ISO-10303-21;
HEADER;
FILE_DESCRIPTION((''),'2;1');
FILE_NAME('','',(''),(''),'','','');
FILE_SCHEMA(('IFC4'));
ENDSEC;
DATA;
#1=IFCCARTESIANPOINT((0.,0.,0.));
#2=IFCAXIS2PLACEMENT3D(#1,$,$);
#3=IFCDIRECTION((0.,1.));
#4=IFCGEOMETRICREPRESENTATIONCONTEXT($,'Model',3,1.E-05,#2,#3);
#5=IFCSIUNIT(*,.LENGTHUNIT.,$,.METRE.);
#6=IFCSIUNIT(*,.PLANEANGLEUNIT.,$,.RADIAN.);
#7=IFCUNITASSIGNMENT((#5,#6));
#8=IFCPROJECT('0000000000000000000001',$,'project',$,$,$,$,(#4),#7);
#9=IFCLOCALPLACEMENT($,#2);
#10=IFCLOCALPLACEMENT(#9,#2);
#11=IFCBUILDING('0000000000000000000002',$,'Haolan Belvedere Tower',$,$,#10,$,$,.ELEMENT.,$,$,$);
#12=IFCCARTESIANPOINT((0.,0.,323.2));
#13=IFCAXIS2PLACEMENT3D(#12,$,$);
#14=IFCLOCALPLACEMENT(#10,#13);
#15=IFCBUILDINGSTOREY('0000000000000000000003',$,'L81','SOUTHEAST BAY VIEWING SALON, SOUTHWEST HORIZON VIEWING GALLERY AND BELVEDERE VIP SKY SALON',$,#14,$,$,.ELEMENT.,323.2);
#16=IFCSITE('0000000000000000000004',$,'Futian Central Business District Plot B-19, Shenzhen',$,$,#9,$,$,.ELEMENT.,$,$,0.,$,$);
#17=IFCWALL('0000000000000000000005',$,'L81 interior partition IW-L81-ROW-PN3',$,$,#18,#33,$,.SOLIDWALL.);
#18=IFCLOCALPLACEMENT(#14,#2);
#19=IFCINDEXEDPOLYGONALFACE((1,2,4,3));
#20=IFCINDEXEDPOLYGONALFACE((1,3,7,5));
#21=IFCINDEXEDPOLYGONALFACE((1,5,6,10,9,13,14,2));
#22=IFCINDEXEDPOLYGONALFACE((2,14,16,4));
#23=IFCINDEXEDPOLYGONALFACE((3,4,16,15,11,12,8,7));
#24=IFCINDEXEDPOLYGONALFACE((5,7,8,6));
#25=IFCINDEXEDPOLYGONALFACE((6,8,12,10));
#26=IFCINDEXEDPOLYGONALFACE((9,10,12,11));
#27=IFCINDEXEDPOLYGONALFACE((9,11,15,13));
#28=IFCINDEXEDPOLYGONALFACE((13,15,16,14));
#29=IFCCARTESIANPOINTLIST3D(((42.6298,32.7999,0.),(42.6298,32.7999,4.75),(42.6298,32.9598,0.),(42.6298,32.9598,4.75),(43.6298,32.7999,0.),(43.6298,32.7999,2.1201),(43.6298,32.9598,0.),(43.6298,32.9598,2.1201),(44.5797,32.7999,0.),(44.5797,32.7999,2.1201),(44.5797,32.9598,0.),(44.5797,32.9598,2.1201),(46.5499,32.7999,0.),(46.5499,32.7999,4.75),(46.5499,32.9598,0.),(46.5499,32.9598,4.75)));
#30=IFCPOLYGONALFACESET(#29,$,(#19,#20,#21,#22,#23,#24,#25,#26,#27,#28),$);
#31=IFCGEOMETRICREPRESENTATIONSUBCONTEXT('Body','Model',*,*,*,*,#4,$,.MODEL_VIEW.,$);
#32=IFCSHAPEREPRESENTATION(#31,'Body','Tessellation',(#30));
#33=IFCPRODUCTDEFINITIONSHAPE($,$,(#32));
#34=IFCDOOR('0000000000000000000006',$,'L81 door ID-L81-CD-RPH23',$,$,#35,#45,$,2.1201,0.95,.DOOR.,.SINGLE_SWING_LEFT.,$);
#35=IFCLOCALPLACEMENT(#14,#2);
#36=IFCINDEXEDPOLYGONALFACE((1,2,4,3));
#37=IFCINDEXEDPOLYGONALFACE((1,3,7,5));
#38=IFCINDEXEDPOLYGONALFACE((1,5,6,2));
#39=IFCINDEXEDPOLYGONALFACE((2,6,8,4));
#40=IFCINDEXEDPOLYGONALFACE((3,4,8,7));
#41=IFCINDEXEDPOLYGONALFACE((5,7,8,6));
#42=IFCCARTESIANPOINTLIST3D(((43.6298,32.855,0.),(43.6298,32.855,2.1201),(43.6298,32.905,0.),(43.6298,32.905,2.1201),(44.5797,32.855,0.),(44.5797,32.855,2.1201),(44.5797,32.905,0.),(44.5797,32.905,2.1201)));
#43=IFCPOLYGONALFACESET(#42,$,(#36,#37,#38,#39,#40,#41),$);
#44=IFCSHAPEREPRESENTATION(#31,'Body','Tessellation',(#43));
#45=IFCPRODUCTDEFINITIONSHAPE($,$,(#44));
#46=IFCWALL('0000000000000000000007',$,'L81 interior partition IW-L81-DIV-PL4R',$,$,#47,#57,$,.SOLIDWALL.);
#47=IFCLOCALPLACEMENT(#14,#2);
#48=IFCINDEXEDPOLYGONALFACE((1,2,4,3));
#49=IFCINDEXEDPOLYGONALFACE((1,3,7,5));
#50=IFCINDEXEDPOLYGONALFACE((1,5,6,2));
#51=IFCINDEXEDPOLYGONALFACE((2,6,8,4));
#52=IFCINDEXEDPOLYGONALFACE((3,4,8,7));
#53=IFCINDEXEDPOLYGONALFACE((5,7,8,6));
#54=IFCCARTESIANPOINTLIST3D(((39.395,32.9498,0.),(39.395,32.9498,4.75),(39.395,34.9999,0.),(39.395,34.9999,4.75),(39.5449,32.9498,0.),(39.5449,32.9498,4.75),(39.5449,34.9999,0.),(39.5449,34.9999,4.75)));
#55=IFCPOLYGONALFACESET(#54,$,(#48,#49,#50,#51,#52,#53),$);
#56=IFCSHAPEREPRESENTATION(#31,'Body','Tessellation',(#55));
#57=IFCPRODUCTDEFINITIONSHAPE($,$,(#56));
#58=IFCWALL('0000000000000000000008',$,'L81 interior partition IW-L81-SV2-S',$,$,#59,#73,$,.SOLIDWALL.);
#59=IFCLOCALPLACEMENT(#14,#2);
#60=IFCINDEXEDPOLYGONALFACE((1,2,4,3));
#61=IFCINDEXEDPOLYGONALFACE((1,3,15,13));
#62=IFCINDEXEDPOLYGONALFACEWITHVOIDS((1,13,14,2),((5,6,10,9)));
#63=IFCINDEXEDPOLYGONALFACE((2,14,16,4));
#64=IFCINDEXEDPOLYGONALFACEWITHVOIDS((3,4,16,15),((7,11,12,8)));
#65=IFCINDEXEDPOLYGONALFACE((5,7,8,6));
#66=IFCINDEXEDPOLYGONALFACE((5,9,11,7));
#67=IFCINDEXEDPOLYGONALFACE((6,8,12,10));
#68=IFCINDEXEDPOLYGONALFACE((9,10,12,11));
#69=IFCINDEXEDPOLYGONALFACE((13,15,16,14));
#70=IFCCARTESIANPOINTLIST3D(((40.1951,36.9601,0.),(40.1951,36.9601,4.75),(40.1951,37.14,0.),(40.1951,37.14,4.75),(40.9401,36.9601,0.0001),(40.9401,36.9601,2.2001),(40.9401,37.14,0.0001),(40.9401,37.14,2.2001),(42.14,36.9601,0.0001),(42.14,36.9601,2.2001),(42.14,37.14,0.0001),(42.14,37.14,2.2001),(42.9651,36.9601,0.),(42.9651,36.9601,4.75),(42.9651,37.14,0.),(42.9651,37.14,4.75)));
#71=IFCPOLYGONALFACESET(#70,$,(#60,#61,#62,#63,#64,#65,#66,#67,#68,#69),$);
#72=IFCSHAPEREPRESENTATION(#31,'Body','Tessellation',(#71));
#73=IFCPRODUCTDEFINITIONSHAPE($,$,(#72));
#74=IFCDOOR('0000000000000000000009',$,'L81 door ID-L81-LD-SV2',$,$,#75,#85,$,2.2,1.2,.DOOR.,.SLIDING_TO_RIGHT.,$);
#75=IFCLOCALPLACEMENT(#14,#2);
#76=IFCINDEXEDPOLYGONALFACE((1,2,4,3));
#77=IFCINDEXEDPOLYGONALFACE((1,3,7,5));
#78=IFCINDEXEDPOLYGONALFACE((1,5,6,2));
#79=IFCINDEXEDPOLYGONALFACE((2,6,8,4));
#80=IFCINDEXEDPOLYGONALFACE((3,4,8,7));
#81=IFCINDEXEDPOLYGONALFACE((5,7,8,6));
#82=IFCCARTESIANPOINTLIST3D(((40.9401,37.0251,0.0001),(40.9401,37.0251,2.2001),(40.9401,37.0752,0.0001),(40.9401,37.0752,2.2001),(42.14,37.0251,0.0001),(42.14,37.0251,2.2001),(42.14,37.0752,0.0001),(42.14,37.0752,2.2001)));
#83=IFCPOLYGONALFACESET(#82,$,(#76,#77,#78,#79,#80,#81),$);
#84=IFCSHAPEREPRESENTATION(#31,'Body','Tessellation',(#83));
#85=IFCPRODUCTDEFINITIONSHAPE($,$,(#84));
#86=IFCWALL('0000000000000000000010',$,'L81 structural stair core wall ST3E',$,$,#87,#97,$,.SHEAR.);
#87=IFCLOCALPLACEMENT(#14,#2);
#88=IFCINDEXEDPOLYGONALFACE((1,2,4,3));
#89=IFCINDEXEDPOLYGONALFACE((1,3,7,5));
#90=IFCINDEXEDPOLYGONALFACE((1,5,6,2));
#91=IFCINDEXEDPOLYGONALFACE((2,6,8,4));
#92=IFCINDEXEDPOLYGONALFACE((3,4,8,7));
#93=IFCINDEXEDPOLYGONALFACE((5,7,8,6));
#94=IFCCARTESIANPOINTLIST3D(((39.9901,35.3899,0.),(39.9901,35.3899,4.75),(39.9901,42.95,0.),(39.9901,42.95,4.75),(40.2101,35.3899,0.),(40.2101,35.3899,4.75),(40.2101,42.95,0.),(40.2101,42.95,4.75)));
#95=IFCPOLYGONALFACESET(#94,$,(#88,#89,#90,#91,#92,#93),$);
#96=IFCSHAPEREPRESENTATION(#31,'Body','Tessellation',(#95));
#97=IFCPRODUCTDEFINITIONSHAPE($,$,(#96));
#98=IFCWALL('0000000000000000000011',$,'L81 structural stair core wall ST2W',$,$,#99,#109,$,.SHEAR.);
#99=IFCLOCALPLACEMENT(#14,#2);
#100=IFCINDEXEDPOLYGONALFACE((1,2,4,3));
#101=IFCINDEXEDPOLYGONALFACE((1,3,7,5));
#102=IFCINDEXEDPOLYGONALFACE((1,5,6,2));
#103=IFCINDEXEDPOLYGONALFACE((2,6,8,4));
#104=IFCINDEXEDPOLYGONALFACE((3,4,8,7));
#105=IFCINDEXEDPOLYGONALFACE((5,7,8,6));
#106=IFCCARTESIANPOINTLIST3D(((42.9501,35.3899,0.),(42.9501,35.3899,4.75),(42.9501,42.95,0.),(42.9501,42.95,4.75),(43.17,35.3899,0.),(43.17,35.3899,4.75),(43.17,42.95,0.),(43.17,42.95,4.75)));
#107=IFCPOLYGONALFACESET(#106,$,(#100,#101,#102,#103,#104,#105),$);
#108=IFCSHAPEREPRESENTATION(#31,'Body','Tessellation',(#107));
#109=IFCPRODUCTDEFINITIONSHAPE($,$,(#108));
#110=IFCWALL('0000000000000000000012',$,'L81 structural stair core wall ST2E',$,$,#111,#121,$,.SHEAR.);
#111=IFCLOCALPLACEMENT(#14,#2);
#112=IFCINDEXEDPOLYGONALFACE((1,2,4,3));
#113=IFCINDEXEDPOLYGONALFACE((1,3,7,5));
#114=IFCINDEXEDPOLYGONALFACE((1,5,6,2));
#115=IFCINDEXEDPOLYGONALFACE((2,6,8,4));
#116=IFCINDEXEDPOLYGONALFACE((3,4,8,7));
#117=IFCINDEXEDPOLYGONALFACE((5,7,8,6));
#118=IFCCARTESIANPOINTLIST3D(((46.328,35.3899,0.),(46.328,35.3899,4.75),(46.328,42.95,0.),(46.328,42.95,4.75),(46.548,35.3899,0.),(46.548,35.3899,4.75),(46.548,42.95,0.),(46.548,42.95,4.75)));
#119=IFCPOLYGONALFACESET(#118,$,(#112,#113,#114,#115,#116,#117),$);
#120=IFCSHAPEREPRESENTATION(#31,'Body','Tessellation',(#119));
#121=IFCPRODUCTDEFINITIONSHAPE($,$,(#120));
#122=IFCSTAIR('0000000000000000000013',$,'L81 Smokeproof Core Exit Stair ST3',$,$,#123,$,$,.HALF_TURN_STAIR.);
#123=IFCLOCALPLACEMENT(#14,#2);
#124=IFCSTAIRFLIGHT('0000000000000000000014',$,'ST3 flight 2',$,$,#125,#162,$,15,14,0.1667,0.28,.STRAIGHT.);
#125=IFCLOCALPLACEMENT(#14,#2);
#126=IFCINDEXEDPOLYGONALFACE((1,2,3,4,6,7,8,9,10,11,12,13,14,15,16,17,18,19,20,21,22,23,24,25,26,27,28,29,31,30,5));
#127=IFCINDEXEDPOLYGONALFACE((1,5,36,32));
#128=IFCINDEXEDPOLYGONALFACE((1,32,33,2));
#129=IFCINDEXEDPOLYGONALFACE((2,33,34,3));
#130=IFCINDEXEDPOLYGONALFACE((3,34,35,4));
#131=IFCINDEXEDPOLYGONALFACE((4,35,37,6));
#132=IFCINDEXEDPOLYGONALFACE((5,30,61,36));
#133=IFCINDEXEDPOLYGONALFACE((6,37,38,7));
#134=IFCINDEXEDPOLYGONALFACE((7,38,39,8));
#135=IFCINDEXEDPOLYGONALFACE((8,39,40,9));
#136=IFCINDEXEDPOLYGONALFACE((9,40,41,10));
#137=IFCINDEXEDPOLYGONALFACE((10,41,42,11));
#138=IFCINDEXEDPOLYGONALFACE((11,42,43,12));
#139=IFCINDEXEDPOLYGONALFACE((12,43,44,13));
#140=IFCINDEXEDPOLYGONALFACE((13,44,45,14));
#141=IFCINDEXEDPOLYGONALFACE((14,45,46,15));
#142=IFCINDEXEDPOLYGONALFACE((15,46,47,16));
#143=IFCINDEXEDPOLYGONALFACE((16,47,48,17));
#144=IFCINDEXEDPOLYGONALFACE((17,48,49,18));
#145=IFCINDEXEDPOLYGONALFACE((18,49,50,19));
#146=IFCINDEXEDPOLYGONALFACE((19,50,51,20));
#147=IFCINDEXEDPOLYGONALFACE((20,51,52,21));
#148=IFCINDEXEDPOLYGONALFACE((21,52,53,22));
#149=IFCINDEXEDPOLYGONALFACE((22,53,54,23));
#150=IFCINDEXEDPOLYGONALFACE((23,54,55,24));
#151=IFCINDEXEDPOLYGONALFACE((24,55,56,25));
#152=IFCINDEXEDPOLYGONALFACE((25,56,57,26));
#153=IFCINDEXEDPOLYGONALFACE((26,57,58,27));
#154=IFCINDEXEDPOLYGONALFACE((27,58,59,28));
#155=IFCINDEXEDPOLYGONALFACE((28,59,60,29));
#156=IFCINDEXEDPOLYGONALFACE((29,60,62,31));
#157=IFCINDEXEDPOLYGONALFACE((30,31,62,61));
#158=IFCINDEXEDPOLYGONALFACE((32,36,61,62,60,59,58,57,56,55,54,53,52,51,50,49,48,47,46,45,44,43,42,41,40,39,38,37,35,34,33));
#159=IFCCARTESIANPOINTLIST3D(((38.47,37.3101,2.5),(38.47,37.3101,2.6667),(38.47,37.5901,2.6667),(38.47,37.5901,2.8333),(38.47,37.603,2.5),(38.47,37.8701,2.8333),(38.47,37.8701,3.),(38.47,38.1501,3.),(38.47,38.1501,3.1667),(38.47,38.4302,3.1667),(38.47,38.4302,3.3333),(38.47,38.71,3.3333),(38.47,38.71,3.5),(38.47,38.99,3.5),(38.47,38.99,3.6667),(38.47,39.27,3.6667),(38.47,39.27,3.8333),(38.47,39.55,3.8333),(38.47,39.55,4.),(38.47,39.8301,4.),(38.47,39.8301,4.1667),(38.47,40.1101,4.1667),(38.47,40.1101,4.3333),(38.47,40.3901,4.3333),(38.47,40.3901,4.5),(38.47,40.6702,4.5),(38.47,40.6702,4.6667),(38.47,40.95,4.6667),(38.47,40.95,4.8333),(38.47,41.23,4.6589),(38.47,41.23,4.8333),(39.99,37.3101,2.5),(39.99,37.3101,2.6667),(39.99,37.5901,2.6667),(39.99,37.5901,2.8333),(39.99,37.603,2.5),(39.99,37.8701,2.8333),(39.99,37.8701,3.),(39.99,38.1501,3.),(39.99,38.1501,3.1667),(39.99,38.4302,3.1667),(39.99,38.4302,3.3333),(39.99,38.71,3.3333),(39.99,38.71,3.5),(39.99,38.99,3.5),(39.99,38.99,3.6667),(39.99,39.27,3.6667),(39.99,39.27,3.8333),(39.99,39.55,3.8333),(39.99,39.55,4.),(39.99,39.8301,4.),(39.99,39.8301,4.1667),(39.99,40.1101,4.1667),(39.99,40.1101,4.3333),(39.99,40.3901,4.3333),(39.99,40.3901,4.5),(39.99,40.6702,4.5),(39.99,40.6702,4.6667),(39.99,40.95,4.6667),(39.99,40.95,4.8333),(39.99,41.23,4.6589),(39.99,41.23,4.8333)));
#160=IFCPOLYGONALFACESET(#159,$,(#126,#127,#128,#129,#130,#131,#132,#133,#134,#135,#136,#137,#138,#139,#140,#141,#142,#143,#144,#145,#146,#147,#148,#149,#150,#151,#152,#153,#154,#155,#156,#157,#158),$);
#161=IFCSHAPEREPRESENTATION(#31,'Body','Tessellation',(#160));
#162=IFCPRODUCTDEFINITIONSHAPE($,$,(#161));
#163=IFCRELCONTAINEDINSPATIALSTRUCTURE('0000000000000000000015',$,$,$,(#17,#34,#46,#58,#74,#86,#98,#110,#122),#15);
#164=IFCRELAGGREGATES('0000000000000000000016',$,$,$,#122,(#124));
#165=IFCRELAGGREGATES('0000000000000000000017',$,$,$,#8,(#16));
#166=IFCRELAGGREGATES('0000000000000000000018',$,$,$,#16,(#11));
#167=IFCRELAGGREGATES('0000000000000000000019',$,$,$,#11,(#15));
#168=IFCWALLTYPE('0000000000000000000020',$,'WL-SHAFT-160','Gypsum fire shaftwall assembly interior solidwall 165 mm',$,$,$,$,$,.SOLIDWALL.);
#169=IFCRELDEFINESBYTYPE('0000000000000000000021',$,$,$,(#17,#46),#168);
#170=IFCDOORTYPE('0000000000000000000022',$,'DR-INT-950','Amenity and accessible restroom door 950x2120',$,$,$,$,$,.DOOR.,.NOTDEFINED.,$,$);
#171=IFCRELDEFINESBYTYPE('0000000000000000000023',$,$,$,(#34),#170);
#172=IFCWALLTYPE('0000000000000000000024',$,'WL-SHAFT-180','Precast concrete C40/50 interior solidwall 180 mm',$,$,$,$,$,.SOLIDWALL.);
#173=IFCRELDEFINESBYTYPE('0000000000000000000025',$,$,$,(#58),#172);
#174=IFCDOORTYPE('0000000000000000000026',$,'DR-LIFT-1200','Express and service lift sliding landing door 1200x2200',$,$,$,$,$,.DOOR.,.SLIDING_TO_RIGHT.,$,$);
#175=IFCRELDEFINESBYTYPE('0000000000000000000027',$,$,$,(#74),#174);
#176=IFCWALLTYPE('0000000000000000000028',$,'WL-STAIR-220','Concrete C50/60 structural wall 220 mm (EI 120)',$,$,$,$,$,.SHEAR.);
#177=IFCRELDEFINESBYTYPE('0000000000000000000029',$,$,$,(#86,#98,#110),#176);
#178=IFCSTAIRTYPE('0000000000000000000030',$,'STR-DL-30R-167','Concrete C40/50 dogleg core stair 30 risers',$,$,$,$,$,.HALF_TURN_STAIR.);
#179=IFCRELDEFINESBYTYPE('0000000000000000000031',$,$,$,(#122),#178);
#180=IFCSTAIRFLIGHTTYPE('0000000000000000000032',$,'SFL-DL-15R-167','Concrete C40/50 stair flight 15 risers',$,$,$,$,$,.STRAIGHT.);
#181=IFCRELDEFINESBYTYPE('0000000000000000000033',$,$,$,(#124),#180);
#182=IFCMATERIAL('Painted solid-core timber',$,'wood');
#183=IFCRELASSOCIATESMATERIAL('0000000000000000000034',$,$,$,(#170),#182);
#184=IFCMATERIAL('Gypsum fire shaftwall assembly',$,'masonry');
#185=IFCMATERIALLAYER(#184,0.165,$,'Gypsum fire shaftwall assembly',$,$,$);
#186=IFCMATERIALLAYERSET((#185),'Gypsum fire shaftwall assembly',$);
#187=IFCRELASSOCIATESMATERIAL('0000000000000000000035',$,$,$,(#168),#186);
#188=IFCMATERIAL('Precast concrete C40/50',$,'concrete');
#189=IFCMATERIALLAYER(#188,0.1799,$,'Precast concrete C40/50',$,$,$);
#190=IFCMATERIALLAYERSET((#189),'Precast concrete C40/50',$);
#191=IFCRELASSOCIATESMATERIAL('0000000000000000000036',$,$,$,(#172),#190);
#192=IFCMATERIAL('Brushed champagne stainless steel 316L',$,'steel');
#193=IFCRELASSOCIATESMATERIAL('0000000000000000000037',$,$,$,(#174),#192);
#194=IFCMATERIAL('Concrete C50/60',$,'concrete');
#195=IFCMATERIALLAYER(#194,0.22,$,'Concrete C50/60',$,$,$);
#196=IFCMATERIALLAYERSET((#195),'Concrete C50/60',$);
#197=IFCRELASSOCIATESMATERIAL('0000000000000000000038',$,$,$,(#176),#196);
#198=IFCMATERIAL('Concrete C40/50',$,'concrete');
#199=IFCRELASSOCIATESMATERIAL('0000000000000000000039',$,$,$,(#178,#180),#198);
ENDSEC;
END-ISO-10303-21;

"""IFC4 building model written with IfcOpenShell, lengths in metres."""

from ifc_helpers import new_model, si_unit, direction, frame, frame_2d, origin, place, context, subcontext, project, spatial, polyline, rectangle, outline, extrude, material, layer, layer_set, type_object, element, fill, aggregate, save


model = new_model("IFC4")

# Units and contexts
model_context = context("Model", 3, precision=1e-05, world=origin(), true_north=direction((0.0, 1.0)))
body_context = subcontext(model_context, "Body", "Model", "MODEL_VIEW")
ifc_project = project(units=[si_unit("LENGTHUNIT", "METRE"), si_unit("PLANEANGLEUNIT", "RADIAN")], contexts=[model_context])

# Site, building, storey
site_placement = place(None, origin())
site = spatial("IfcSite", under=ifc_project, at=site_placement, Name="Futian Central Business District Plot B-19, Shenzhen", CompositionType="ELEMENT", RefElevation=0.0)
building_placement = place(site_placement, origin())
building = spatial("IfcBuilding", under=site, at=building_placement, Name="Haolan Belvedere Tower", CompositionType="ELEMENT")
storey_placement = place(building_placement, frame((0.0, 0.0, 323.2)))
storey = spatial("IfcBuildingStorey", under=building, at=storey_placement, Name="L81", Description="SOUTHEAST BAY VIEWING SALON, SOUTHWEST HORIZON VIEWING GALLERY AND BELVEDERE VIP SKY SALON", CompositionType="ELEMENT", Elevation=323.2)

# Shared definitions
ifc_material_1 = material(Name="Concrete C50/60", Category="concrete")

# Shared definitions
ifc_material_2 = material(Name="Precast concrete C40/50", Category="concrete")

# Shared definitions
ifc_material_3 = material(Name="Painted solid-core timber", Category="wood")
door_type_1 = type_object("IfcDoorType", Name="DR-INT-950", Description="Amenity and accessible restroom door 950x2120", OperationType="NOTDEFINED", PredefinedType="DOOR", material=ifc_material_3)

# Shared definitions
ifc_material_4 = material(Name="Gypsum fire shaftwall assembly", Category="masonry")
ifc_layer_1 = layer(ifc_material_4, 0.165, Name="Gypsum fire shaftwall assembly")
ifc_layer_set_1 = layer_set([ifc_layer_1], Name="Gypsum fire shaftwall assembly")
wall_type_1 = type_object("IfcWallType", Name="WL-SHAFT-160", Description="Gypsum fire shaftwall assembly interior solidwall 165 mm", PredefinedType="SOLIDWALL", material=ifc_layer_set_1)

# Wall, opening, door
wall_1_placement = place(storey_placement, frame((42.6299, 32.8799, 0.0), z_axis=(0.0, 0.0, 1.0), x_axis=(1.0, 0.0, 0.0)))
wall_1 = element("IfcWall", 1, at=wall_1_placement, inside=storey, type_object=wall_type_1, Name="L81 interior partition IW-L81-ROW-PN3", PredefinedType="SOLIDWALL", context=body_context, shape_type="SweptSolid", body=[
    extrude(rectangle(XDim=3.9202, YDim=0.1599, at=frame_2d((1.96, 0.0))), origin(), (0.0, 0.0, 1.0), 4.75),
])
opening_1_placement = place(wall_1_placement, frame((1.95, 0.0, 0.0), z_axis=(0.0, 0.0, 1.0), x_axis=(-1.0, 0.0, 0.0)))
opening_1 = element("IfcOpeningElement", 2, at=opening_1_placement, cuts=wall_1, PredefinedType="OPENING", context=body_context, shape_type="SweptSolid", body=[
    extrude(rectangle(XDim=0.95, YDim=2.1201, at=frame_2d((0.4751, 1.0601))), frame((0.0, 0.0898, 0.0), z_axis=(0.0, -1.0, 0.0), x_axis=(1.0, 0.0, 0.0)), (0.0, 0.0, 1.0), 0.1799),
])
door_1_placement = place(opening_1_placement, origin())
door_1 = element("IfcDoor", 3, at=door_1_placement, inside=storey, type_object=door_type_1, Name="L81 door ID-L81-CD-RPH23", OperationType="SINGLE_SWING_LEFT", OverallHeight=2.1201, OverallWidth=0.95, PredefinedType="DOOR", context=body_context, shape_type="SweptSolid", body=[
    extrude(rectangle(XDim=0.95, YDim=2.1201, at=frame_2d((0.4751, 1.0601))), frame((0.0, 0.0249, 0.0), z_axis=(0.0, -1.0, 0.0), x_axis=(1.0, 0.0, 0.0)), (0.0, 0.0, 1.0), 0.05),
])
fill(opening_1, door_1)

# Wall
wall_2_placement = place(storey_placement, frame((39.47, 32.95, 0.0), z_axis=(0.0, 0.0, 1.0), x_axis=(0.0, 1.0, 0.0)))
element("IfcWall", 4, at=wall_2_placement, inside=storey, type_object=wall_type_1, Name="L81 interior partition IW-L81-DIV-PL4R", PredefinedType="SOLIDWALL", context=body_context, shape_type="SweptSolid", body=[
    extrude(rectangle(XDim=2.05, YDim=0.1499, at=frame_2d((1.0249, 0.0))), origin(), (0.0, 0.0, 1.0), 4.75),
])

# Wall, opening, door
ifc_layer_2 = layer(ifc_material_2, 0.1799, Name="Precast concrete C40/50")
ifc_layer_set_2 = layer_set([ifc_layer_2], Name="Precast concrete C40/50")
wall_type_2 = type_object("IfcWallType", Name="WL-SHAFT-180", Description="Precast concrete C40/50 interior solidwall 180 mm", PredefinedType="SOLIDWALL", material=ifc_layer_set_2)
wall_3_placement = place(storey_placement, frame((40.1951, 37.05, 0.0), z_axis=(0.0, 0.0, 1.0), x_axis=(1.0, 0.0, 0.0)))
wall_3 = element("IfcWall", 5, at=wall_3_placement, inside=storey, type_object=wall_type_2, Name="L81 interior partition IW-L81-SV2-S", PredefinedType="SOLIDWALL", context=body_context, shape_type="SweptSolid", body=[
    extrude(rectangle(XDim=2.77, YDim=0.1799, at=frame_2d((1.385, 0.0))), origin(), (0.0, 0.0, 1.0), 4.75),
])
opening_2_placement = place(wall_3_placement, frame((1.9451, 0.0, 0.0), z_axis=(0.0, 0.0, 1.0), x_axis=(-1.0, 0.0, 0.0)))
opening_2 = element("IfcOpeningElement", 6, at=opening_2_placement, cuts=wall_3, PredefinedType="OPENING", context=body_context, shape_type="SweptSolid", body=[
    extrude(rectangle(XDim=1.2, YDim=2.2, at=frame_2d((0.6001, 1.1001))), frame((0.0, 0.0999, 0.0), z_axis=(0.0, -1.0, 0.0), x_axis=(1.0, 0.0, 0.0)), (0.0, 0.0, 1.0), 0.2),
])
ifc_material_5 = material(Name="Brushed champagne stainless steel 316L", Category="steel")
door_type_2 = type_object("IfcDoorType", Name="DR-LIFT-1200", Description="Express and service lift sliding landing door 1200x2200", OperationType="SLIDING_TO_RIGHT", PredefinedType="DOOR", material=ifc_material_5)
door_2_placement = place(opening_2_placement, origin())
door_2 = element("IfcDoor", 7, at=door_2_placement, inside=storey, type_object=door_type_2, Name="L81 door ID-L81-LD-SV2", OperationType="SLIDING_TO_RIGHT", OverallHeight=2.2, OverallWidth=1.2, PredefinedType="DOOR", context=body_context, shape_type="SweptSolid", body=[
    extrude(rectangle(XDim=1.2, YDim=2.2, at=frame_2d((0.6001, 1.1001))), frame((0.0, 0.0249, 0.0), z_axis=(0.0, -1.0, 0.0), x_axis=(1.0, 0.0, 0.0)), (0.0, 0.0, 1.0), 0.05),
])
fill(opening_2, door_2)

# Walls
ifc_layer_3 = layer(ifc_material_1, 0.22, Name="Concrete C50/60")
ifc_layer_set_3 = layer_set([ifc_layer_3], Name="Concrete C50/60")
wall_type_3 = type_object("IfcWallType", Name="WL-STAIR-220", Description="Concrete C50/60 structural wall 220 mm (EI 120)", PredefinedType="SHEAR", material=ifc_layer_set_3)
for number, where, z_axis, x_axis, name in (
    (8, (40.1001, 35.3899, 0.0), (0.0, 0.0, 1.0), (0.0, 1.0, 0.0), "L81 structural stair core wall ST3E"),
    (9, (43.0601, 35.3899, 0.0), (0.0, 0.0, 1.0), (0.0, 1.0, 0.0), "L81 structural stair core wall ST2W"),
    (10, (46.438, 35.3899, 0.0), (0.0, 0.0, 1.0), (0.0, 1.0, 0.0), "L81 structural stair core wall ST2E"),
):
    element("IfcWall", number, at=place(storey_placement, frame(where, z_axis=z_axis, x_axis=x_axis)), inside=storey, type_object=wall_type_3, Name=name, PredefinedType="SHEAR", context=body_context, shape_type="SweptSolid", body=[
        extrude(rectangle(XDim=7.5601, YDim=0.22, at=frame_2d((3.78, 0.0))), origin(), (0.0, 0.0, 1.0), 4.75),
    ])

# Stair, stair flight
ifc_material_6 = material(Name="Concrete C40/50", Category="concrete")
stair_type = type_object("IfcStairType", Name="STR-DL-30R-167", Description="Concrete C40/50 dogleg core stair 30 risers", PredefinedType="HALF_TURN_STAIR", material=ifc_material_6)
stair_1_placement = place(storey_placement, origin())
stair_1 = element("IfcStair", 11, at=stair_1_placement, inside=storey, type_object=stair_type, Name="L81 Smokeproof Core Exit Stair ST3", PredefinedType="HALF_TURN_STAIR")
stair_flight_type = type_object("IfcStairFlightType", Name="SFL-DL-15R-167", Description="Concrete C40/50 stair flight 15 risers", PredefinedType="STRAIGHT", material=ifc_material_6)
stair_flight_1_placement = place(storey_placement, frame((39.23, 37.3101, 2.5), z_axis=(0.0, 0.0, 1.0), x_axis=(0.0, 1.0, 0.0)))
stair_flight_1 = element("IfcStairFlight", 12, at=stair_flight_1_placement, type_object=stair_flight_type, Name="ST3 flight 2", NumberOfRisers=15, NumberOfTreads=14, PredefinedType="STRAIGHT", RiserHeight=0.1667, TreadLength=0.28, context=body_context, shape_type="SweptSolid", body=[
    extrude(outline(polyline([(0.0, 0.0), (0.0, 0.1667), (0.28, 0.1667), (0.28, 0.3333), (0.5601, 0.3333), (0.5601, 0.5), (0.8401, 0.5), (0.8401, 0.6667), (1.1201, 0.6667), (1.1201, 0.8333), (1.3999, 0.8333), (1.3999, 1.0), (1.6799, 1.0), (1.6799, 1.1667), (1.96, 1.1667), (1.96, 1.3333), (2.24, 1.3333), (2.24, 1.5), (2.52, 1.5), (2.52, 1.6667), (2.8, 1.6667), (2.8, 1.8333), (3.0801, 1.8333), (3.0801, 2.0), (3.3601, 2.0), (3.3601, 2.1667), (3.6399, 2.1667), (3.6399, 2.3333), (3.9199, 2.3333), (3.9199, 2.5), (3.9199, 2.1589), (0.293, 0.0), (0.0, 0.0)])), frame((0.0, 0.76, 0.0), z_axis=(0.0, -1.0, 0.0), x_axis=(1.0, 0.0, 0.0)), (0.0, 0.0, 1.0), 1.52),
])
aggregate(stair_1, [stair_flight_1])

save(model, "model.ifc")
